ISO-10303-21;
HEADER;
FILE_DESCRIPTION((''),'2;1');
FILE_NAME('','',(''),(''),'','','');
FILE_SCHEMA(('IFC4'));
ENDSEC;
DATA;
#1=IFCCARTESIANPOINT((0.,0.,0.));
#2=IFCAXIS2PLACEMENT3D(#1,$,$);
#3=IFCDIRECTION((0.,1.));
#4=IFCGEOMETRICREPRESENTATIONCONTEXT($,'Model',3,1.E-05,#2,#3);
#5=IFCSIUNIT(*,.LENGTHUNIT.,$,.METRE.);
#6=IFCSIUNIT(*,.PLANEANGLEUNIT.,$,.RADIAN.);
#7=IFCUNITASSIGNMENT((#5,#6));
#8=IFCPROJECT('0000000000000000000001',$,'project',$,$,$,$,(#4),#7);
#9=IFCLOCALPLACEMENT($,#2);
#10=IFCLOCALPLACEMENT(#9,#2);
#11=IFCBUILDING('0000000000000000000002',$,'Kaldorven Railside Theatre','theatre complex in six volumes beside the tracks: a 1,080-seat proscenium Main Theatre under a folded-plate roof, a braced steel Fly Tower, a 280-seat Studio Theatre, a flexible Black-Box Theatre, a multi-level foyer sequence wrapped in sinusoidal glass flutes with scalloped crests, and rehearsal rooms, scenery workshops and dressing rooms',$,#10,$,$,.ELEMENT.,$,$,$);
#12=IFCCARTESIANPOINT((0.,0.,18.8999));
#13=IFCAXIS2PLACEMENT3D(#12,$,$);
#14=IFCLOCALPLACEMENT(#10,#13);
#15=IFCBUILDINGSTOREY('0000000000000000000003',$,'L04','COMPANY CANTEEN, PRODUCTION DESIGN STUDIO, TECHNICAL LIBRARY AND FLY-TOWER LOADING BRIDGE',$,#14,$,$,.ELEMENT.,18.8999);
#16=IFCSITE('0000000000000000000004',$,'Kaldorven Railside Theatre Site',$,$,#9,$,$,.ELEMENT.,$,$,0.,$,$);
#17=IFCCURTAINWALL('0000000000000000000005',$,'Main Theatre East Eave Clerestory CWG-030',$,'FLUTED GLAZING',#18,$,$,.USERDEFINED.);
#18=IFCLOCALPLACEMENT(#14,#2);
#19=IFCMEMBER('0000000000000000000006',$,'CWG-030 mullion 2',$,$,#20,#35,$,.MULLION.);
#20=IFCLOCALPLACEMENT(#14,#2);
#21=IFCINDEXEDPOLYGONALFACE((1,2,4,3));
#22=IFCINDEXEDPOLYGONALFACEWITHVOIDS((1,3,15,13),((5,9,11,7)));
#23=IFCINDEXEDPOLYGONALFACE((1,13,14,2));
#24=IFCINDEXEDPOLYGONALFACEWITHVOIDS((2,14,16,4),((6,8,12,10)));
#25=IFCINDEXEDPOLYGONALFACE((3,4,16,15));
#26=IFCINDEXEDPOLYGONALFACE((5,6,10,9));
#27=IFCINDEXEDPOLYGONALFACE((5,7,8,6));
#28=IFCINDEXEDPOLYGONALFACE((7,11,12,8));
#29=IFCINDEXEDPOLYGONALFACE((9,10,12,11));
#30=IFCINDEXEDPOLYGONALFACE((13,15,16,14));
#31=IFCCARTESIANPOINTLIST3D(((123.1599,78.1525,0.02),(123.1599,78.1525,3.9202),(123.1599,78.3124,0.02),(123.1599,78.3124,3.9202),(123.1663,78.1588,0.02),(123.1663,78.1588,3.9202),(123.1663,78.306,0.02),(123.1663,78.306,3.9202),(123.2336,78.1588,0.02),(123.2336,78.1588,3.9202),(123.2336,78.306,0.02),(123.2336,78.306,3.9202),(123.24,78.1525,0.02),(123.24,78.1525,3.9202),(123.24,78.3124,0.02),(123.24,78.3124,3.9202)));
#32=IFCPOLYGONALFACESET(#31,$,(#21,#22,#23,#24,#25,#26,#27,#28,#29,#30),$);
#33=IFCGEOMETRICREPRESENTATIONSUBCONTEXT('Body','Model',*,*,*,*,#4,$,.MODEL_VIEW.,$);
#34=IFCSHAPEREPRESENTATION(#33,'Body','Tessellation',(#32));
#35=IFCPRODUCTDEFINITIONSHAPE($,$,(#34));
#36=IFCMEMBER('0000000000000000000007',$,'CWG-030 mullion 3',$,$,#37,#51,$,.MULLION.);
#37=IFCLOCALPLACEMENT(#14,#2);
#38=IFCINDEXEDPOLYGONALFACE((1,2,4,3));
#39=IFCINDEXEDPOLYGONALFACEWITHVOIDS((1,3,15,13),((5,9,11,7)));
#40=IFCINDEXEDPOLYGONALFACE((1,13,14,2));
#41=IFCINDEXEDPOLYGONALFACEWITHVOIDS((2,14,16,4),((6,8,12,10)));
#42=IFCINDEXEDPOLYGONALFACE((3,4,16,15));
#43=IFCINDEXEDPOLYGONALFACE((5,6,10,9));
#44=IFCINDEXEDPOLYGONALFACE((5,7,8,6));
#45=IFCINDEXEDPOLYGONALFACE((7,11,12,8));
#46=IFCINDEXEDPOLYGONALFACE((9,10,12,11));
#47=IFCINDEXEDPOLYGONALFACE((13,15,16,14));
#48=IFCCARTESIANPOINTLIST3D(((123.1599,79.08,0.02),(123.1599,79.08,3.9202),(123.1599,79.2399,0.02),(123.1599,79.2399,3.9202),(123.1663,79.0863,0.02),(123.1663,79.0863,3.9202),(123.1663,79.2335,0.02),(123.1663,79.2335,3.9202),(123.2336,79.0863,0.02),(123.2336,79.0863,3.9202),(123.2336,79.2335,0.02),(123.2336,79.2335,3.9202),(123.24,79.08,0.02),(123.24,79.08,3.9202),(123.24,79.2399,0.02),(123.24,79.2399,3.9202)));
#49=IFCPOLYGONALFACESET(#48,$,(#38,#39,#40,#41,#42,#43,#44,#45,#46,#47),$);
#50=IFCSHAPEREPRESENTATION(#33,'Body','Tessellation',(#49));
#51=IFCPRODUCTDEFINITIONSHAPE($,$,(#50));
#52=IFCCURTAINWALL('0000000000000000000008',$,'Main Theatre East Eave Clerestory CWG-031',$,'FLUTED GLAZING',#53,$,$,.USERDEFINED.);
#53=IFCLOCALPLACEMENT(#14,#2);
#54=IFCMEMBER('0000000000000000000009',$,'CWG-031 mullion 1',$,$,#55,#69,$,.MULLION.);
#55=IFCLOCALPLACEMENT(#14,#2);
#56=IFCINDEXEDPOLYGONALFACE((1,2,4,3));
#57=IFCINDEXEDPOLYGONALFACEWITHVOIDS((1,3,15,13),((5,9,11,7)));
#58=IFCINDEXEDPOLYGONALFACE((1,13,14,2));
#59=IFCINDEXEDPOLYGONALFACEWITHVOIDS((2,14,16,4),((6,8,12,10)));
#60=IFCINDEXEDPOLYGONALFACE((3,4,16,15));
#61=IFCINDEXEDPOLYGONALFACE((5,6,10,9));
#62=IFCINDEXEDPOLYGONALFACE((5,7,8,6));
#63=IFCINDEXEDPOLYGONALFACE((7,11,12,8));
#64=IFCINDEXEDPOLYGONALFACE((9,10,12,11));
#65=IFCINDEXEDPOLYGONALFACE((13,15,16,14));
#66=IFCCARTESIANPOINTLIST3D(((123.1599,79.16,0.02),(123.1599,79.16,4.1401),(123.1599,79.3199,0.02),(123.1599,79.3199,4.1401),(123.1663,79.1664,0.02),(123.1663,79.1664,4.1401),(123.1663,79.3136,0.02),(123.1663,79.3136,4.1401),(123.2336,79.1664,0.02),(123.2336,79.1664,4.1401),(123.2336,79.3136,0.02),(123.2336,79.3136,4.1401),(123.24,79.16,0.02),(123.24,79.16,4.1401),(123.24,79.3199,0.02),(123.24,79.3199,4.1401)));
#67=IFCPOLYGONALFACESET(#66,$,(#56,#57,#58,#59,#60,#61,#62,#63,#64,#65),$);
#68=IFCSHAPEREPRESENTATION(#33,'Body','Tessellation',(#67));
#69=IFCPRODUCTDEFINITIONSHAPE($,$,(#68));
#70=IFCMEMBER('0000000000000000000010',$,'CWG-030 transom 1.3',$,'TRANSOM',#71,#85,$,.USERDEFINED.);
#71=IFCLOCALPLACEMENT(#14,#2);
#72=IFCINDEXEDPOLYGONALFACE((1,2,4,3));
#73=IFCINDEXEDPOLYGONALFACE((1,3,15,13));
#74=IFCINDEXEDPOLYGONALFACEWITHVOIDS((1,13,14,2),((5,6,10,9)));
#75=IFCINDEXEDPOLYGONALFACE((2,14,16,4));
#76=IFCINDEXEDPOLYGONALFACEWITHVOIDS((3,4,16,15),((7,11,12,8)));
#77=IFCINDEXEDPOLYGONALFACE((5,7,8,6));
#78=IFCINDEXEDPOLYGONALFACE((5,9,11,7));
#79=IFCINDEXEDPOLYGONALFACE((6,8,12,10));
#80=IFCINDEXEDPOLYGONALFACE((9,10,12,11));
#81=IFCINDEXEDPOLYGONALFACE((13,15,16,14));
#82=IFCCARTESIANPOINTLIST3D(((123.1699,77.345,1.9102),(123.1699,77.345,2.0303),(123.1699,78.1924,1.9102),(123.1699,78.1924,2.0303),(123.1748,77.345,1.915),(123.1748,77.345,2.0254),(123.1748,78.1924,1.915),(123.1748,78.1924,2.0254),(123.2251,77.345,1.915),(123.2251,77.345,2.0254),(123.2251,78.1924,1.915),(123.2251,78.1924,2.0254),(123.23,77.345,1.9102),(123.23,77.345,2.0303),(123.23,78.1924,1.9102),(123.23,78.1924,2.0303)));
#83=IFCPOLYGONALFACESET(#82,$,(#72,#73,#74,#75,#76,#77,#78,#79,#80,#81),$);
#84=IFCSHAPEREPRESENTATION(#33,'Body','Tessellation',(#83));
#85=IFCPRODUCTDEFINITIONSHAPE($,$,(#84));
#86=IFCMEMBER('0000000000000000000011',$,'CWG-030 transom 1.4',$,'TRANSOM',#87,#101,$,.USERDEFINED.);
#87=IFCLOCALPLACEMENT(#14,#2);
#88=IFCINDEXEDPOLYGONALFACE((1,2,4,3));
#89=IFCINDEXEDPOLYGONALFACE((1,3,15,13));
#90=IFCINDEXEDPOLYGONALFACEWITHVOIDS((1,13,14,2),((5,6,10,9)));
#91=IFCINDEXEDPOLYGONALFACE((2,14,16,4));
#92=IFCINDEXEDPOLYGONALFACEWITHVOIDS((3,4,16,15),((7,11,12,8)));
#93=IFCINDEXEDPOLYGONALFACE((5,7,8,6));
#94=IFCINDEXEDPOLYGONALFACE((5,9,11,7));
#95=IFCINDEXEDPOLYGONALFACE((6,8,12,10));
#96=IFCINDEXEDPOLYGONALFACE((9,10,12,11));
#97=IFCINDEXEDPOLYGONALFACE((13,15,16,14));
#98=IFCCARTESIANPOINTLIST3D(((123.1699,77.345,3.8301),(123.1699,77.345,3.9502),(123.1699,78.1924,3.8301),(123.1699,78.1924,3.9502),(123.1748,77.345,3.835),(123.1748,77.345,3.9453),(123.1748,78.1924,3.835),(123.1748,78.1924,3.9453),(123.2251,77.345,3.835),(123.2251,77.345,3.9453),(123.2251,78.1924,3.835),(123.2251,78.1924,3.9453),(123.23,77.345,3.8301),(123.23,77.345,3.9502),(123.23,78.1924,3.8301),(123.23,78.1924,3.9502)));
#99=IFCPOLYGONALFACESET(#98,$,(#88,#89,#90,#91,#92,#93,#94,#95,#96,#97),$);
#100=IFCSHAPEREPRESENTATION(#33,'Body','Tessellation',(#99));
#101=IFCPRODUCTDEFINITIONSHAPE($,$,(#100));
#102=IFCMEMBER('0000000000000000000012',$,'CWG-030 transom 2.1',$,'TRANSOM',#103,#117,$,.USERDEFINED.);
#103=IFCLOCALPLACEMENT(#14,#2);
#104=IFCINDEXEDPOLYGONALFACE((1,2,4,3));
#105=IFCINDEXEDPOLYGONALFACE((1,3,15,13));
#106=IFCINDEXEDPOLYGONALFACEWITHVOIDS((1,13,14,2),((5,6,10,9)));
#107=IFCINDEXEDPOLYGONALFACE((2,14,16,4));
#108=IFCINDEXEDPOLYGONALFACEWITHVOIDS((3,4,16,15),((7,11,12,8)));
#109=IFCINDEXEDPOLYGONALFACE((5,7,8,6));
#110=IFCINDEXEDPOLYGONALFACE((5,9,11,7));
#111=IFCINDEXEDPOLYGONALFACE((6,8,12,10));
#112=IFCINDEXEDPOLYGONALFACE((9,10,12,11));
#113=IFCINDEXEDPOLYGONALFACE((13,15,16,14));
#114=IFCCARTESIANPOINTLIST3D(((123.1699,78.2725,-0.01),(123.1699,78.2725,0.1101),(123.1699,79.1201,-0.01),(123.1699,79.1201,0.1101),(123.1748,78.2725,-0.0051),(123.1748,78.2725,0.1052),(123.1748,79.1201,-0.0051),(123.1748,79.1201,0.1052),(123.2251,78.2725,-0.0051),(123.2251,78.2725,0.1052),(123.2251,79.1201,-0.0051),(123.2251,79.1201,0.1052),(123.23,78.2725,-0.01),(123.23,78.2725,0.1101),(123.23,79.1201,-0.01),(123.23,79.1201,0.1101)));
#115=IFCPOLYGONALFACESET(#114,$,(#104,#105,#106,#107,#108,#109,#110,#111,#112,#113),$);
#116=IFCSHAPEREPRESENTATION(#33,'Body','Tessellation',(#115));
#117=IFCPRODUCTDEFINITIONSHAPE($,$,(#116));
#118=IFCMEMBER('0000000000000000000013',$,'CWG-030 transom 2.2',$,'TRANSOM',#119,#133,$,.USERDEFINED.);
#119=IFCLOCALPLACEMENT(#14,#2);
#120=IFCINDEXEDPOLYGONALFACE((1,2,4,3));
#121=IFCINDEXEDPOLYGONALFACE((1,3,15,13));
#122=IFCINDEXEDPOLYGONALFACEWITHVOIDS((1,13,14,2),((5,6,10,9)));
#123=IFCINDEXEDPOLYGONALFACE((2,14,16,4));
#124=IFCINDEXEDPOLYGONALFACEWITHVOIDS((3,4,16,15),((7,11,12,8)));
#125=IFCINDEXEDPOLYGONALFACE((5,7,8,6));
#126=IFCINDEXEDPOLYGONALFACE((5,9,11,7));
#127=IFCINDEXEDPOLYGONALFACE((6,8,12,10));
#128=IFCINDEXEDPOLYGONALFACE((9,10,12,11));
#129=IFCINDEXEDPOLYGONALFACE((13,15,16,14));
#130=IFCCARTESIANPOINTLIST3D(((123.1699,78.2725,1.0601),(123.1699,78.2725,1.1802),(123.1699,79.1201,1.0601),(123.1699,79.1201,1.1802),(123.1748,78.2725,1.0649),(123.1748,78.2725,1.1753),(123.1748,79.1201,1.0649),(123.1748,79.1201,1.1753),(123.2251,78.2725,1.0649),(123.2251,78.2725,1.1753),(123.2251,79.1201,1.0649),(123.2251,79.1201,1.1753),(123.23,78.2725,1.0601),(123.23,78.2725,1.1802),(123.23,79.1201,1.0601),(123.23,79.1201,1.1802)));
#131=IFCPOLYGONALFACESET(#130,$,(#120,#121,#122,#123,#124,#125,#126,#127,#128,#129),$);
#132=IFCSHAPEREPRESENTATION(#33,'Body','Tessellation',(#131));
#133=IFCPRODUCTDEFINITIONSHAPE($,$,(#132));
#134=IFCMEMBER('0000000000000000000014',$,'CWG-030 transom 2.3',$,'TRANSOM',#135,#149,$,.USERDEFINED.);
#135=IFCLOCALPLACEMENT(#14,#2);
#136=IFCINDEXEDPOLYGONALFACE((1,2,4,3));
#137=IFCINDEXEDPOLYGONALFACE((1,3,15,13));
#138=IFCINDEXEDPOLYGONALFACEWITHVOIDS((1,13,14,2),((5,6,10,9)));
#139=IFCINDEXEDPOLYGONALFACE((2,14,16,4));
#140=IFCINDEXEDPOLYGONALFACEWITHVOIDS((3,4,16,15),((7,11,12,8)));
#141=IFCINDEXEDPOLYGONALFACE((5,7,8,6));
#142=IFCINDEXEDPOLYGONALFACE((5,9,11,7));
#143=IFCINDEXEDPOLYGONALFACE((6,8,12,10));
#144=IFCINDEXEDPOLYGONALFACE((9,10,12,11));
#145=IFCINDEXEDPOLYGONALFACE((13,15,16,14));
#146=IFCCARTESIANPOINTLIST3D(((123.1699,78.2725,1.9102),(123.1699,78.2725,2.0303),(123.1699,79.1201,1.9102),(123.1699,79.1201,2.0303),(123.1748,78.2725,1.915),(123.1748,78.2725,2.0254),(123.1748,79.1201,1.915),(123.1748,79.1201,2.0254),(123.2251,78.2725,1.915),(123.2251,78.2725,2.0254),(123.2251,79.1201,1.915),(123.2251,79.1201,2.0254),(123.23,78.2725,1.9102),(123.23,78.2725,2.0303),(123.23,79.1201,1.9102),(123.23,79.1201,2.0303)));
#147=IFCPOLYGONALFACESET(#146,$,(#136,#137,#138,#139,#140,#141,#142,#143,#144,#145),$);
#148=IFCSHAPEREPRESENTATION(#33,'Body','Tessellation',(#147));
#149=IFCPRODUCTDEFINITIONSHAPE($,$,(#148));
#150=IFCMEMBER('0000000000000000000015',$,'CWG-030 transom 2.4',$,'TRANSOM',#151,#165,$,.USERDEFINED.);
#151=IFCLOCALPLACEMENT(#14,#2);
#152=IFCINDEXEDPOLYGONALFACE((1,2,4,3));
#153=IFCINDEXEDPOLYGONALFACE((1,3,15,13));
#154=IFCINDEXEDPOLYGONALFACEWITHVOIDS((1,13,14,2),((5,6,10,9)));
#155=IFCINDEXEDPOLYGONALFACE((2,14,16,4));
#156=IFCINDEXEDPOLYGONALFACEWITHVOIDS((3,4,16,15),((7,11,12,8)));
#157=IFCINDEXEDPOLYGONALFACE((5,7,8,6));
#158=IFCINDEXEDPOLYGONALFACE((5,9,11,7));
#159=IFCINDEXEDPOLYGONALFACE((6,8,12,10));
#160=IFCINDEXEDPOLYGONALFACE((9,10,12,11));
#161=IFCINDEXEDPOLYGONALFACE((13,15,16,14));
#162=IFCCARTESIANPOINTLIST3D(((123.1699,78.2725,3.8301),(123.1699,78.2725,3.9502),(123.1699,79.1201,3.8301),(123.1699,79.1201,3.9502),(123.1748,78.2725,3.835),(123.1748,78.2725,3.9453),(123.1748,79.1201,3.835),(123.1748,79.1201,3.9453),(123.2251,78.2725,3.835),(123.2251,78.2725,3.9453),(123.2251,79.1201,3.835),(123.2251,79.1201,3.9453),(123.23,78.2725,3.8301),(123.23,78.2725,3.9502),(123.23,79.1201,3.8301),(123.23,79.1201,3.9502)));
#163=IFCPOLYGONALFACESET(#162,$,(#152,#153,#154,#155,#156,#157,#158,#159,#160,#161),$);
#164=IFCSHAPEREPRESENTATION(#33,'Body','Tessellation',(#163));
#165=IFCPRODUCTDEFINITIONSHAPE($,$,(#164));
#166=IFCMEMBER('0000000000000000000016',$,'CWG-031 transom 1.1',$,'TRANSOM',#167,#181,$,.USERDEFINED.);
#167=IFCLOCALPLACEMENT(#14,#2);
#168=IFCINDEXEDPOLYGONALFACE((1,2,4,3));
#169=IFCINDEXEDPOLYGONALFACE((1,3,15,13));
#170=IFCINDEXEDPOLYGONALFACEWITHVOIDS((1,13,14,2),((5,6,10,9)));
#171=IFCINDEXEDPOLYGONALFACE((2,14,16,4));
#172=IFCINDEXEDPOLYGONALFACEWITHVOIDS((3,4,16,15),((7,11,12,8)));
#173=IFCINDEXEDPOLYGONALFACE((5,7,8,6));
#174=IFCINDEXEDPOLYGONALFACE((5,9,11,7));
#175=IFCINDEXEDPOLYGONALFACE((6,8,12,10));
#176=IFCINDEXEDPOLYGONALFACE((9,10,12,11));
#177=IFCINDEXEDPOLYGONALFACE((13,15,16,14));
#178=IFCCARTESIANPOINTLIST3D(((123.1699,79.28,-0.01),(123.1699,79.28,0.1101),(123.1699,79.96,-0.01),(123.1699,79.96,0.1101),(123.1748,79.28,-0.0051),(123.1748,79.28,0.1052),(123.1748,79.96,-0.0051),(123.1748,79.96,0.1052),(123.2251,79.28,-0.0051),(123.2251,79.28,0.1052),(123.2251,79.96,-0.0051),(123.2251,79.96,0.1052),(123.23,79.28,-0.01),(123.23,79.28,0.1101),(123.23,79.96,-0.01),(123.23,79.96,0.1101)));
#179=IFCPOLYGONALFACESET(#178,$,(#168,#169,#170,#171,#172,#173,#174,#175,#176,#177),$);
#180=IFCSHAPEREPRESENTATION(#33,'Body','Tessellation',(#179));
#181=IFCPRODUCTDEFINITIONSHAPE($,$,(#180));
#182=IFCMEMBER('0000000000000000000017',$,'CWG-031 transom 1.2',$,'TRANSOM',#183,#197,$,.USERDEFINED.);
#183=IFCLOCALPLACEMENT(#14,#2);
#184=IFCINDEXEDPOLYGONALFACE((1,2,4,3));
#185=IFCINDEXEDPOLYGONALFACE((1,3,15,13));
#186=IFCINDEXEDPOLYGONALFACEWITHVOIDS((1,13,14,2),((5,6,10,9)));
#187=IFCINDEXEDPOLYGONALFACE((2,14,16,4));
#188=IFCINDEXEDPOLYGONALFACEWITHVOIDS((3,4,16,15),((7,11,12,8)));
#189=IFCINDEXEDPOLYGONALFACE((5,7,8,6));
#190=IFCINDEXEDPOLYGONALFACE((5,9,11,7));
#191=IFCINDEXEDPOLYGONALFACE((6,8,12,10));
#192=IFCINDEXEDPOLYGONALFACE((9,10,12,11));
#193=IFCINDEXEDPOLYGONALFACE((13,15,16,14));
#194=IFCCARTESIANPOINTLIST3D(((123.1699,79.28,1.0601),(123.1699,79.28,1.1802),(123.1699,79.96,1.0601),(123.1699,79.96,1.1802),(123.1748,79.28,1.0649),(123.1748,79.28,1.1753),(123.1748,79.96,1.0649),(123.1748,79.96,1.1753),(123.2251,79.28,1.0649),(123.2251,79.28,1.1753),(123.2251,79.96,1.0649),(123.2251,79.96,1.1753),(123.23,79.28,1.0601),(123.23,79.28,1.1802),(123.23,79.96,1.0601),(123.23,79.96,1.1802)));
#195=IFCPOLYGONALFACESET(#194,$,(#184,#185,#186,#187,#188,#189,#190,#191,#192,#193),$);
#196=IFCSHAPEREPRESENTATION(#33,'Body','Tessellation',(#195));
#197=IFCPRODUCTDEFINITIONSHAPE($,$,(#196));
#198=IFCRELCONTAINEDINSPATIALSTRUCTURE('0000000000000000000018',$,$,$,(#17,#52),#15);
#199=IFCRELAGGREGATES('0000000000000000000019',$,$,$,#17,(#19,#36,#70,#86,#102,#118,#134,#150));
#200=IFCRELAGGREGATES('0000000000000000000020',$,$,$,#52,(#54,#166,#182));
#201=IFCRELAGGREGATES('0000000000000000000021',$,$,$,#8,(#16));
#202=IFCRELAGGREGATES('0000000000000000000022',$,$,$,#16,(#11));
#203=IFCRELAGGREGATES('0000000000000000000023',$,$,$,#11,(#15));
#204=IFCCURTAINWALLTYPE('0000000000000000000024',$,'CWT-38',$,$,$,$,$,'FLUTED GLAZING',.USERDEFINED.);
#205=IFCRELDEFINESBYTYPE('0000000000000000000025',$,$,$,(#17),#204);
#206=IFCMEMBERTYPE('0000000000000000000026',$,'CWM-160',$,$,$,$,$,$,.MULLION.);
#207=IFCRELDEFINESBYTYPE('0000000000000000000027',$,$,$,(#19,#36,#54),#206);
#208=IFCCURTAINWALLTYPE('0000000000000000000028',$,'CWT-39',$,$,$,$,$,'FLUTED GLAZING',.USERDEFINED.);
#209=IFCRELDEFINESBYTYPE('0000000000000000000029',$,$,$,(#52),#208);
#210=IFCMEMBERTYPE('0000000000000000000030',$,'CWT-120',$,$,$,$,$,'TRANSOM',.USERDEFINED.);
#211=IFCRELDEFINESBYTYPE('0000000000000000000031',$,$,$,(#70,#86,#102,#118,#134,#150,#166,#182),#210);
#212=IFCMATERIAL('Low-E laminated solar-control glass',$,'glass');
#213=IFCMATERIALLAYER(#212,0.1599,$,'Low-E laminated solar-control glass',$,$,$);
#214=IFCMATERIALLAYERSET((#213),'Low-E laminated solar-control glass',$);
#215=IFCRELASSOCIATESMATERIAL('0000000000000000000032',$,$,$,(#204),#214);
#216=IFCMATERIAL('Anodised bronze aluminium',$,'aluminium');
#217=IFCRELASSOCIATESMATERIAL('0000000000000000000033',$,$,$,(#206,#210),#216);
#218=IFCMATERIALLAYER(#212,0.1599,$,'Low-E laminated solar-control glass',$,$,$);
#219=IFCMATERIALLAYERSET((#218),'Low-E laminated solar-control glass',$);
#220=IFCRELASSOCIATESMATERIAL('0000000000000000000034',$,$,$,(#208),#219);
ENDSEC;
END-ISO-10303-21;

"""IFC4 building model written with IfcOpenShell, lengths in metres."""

from ifc_helpers import new_model, si_unit, direction, frame, origin, origin_2d, place, context, subcontext, project, spatial, hollow_rectangle, extrude, material, layer, layer_set, material_profile, profile_set, type_object, element, aggregate, save


model = new_model("IFC4")

# Units and contexts
model_context = context("Model", 3, precision=1e-05, world=origin(), true_north=direction((0.0, 1.0)))
body_context = subcontext(model_context, "Body", "Model", "MODEL_VIEW")
ifc_project = project(units=[si_unit("LENGTHUNIT", "METRE"), si_unit("PLANEANGLEUNIT", "RADIAN")], contexts=[model_context])

# Site, building, storey
site_placement = place(None, origin())
site = spatial("IfcSite", under=ifc_project, at=site_placement, Name="Kaldorven Railside Theatre Site", CompositionType="ELEMENT", RefElevation=0.0)
building_placement = place(site_placement, origin())
building = spatial("IfcBuilding", under=site, at=building_placement, Name="Kaldorven Railside Theatre", Description="theatre complex in six volumes beside the tracks: a 1,080-seat proscenium Main Theatre under a folded-plate roof, a braced steel Fly Tower, a 280-seat Studio Theatre, a flexible Black-Box Theatre, a multi-level foyer sequence wrapped in sinusoidal glass flutes with scalloped crests, and rehearsal rooms, scenery workshops and dressing rooms", CompositionType="ELEMENT")
storey_placement = place(building_placement, frame((0.0, 0.0, 18.8999)))
storey = spatial("IfcBuildingStorey", under=building, at=storey_placement, Name="L04", Description="COMPANY CANTEEN, PRODUCTION DESIGN STUDIO, TECHNICAL LIBRARY AND FLY-TOWER LOADING BRIDGE", CompositionType="ELEMENT", Elevation=18.8999)

# Curtain wall, members
ifc_material_1 = material(Name="Low-E laminated solar-control glass", Category="glass")
ifc_layer_1 = layer(ifc_material_1, 0.1599, Name="Low-E laminated solar-control glass")
ifc_layer_set_1 = layer_set([ifc_layer_1], Name="Low-E laminated solar-control glass")
curtain_wall_type_1 = type_object("IfcCurtainWallType", Name="CWT-38", ElementType="FLUTED GLAZING", PredefinedType="USERDEFINED", material=ifc_layer_set_1)
curtain_wall_1_placement = place(storey_placement, origin())
curtain_wall_1 = element("IfcCurtainWall", 1, at=curtain_wall_1_placement, inside=storey, type_object=curtain_wall_type_1, Name="Main Theatre East Eave Clerestory CWG-030", ObjectType="FLUTED GLAZING", PredefinedType="USERDEFINED")
ifc_material_2 = material(Name="Anodised bronze aluminium", Category="aluminium")
ifc_material_profile_1 = material_profile(ifc_material_2, hollow_rectangle(XDim=0.0801, YDim=0.1599, WallThickness=0.0063, at=origin_2d()), Name="RHS 160x80x6.3")
ifc_profile_set_1 = profile_set([ifc_material_profile_1], Name="Anodised bronze aluminium")
member_type_1 = type_object("IfcMemberType", Name="CWM-160", PredefinedType="MULLION", material=ifc_profile_set_1)
member_1_placement = place(storey_placement, frame((123.2, 78.2324, 0.02), z_axis=(0.0, 0.0, 1.0), x_axis=(-1.0, 0.0, 0.0)))
member_1 = element("IfcMember", 2, at=member_1_placement, type_object=member_type_1, Name="CWG-030 mullion 2", PredefinedType="MULLION", context=body_context, shape_type="SweptSolid", body=[
    extrude(hollow_rectangle(XDim=0.0801, YDim=0.1599, WallThickness=0.0063, at=origin_2d()), origin(), (0.0, 0.0, 1.0), 3.9001),
])
member_2_placement = place(storey_placement, frame((123.2, 79.1599, 0.02), z_axis=(0.0, 0.0, 1.0), x_axis=(-1.0, 0.0, 0.0)))
member_2 = element("IfcMember", 3, at=member_2_placement, type_object=member_type_1, Name="CWG-030 mullion 3", PredefinedType="MULLION", context=body_context, shape_type="SweptSolid", body=[
    extrude(hollow_rectangle(XDim=0.0801, YDim=0.1599, WallThickness=0.0063, at=origin_2d()), origin(), (0.0, 0.0, 1.0), 3.9001),
])

# Curtain wall, member
ifc_layer_2 = layer(ifc_material_1, 0.1599, Name="Low-E laminated solar-control glass")
ifc_layer_set_2 = layer_set([ifc_layer_2], Name="Low-E laminated solar-control glass")
curtain_wall_type_2 = type_object("IfcCurtainWallType", Name="CWT-39", ElementType="FLUTED GLAZING", PredefinedType="USERDEFINED", material=ifc_layer_set_2)
curtain_wall_2_placement = place(storey_placement, origin())
curtain_wall_2 = element("IfcCurtainWall", 4, at=curtain_wall_2_placement, inside=storey, type_object=curtain_wall_type_2, Name="Main Theatre East Eave Clerestory CWG-031", ObjectType="FLUTED GLAZING", PredefinedType="USERDEFINED")
member_3_placement = place(storey_placement, frame((123.2, 79.24, 0.02), z_axis=(0.0, 0.0, 1.0), x_axis=(-1.0, 0.0, 0.0)))
member_3 = element("IfcMember", 5, at=member_3_placement, type_object=member_type_1, Name="CWG-031 mullion 1", PredefinedType="MULLION", context=body_context, shape_type="SweptSolid", body=[
    extrude(hollow_rectangle(XDim=0.0801, YDim=0.1599, WallThickness=0.0063, at=origin_2d()), origin(), (0.0, 0.0, 1.0), 4.1201),
])

# Members
ifc_material_profile_2 = material_profile(ifc_material_2, hollow_rectangle(XDim=0.0601, YDim=0.1201, WallThickness=0.0049, at=origin_2d()), Name="RHS 120x60x5")
ifc_profile_set_2 = profile_set([ifc_material_profile_2], Name="Anodised bronze aluminium")
member_type_2 = type_object("IfcMemberType", Name="CWT-120", ElementType="TRANSOM", PredefinedType="USERDEFINED", material=ifc_profile_set_2)
member_4_placement = place(storey_placement, frame((123.2, 77.345, 1.9702), z_axis=(0.0, 1.0, 0.0), x_axis=(-1.0, 0.0, 0.0)))
member_4 = element("IfcMember", 6, at=member_4_placement, type_object=member_type_2, Name="CWG-030 transom 1.3", ObjectType="TRANSOM", PredefinedType="USERDEFINED", context=body_context, shape_type="SweptSolid", body=[
    extrude(hollow_rectangle(XDim=0.0601, YDim=0.1201, WallThickness=0.0049, at=origin_2d()), origin(), (0.0, 0.0, 1.0), 0.8474),
])
member_5_placement = place(storey_placement, frame((123.2, 77.345, 3.8901), z_axis=(0.0, 1.0, 0.0), x_axis=(-1.0, 0.0, 0.0)))
member_5 = element("IfcMember", 7, at=member_5_placement, type_object=member_type_2, Name="CWG-030 transom 1.4", ObjectType="TRANSOM", PredefinedType="USERDEFINED", context=body_context, shape_type="SweptSolid", body=[
    extrude(hollow_rectangle(XDim=0.0601, YDim=0.1201, WallThickness=0.0049, at=origin_2d()), origin(), (0.0, 0.0, 1.0), 0.8474),
])
member_6_placement = place(storey_placement, frame((123.2, 78.2725, 0.05), z_axis=(0.0, 1.0, 0.0), x_axis=(-1.0, 0.0, 0.0)))
member_6 = element("IfcMember", 8, at=member_6_placement, type_object=member_type_2, Name="CWG-030 transom 2.1", ObjectType="TRANSOM", PredefinedType="USERDEFINED", context=body_context, shape_type="SweptSolid", body=[
    extrude(hollow_rectangle(XDim=0.0601, YDim=0.1201, WallThickness=0.0049, at=origin_2d()), origin(), (0.0, 0.0, 1.0), 0.8477),
])
member_7_placement = place(storey_placement, frame((123.2, 78.2725, 1.1201), z_axis=(0.0, 1.0, 0.0), x_axis=(-1.0, 0.0, 0.0)))
member_7 = element("IfcMember", 9, at=member_7_placement, type_object=member_type_2, Name="CWG-030 transom 2.2", ObjectType="TRANSOM", PredefinedType="USERDEFINED", context=body_context, shape_type="SweptSolid", body=[
    extrude(hollow_rectangle(XDim=0.0601, YDim=0.1201, WallThickness=0.0049, at=origin_2d()), origin(), (0.0, 0.0, 1.0), 0.8477),
])
member_8_placement = place(storey_placement, frame((123.2, 78.2725, 1.9702), z_axis=(0.0, 1.0, 0.0), x_axis=(-1.0, 0.0, 0.0)))
member_8 = element("IfcMember", 10, at=member_8_placement, type_object=member_type_2, Name="CWG-030 transom 2.3", ObjectType="TRANSOM", PredefinedType="USERDEFINED", context=body_context, shape_type="SweptSolid", body=[
    extrude(hollow_rectangle(XDim=0.0601, YDim=0.1201, WallThickness=0.0049, at=origin_2d()), origin(), (0.0, 0.0, 1.0), 0.8477),
])
member_9_placement = place(storey_placement, frame((123.2, 78.2725, 3.8901), z_axis=(0.0, 1.0, 0.0), x_axis=(-1.0, 0.0, 0.0)))
member_9 = element("IfcMember", 11, at=member_9_placement, type_object=member_type_2, Name="CWG-030 transom 2.4", ObjectType="TRANSOM", PredefinedType="USERDEFINED", context=body_context, shape_type="SweptSolid", body=[
    extrude(hollow_rectangle(XDim=0.0601, YDim=0.1201, WallThickness=0.0049, at=origin_2d()), origin(), (0.0, 0.0, 1.0), 0.8477),
])
member_10_placement = place(storey_placement, frame((123.2, 79.28, 0.05), z_axis=(0.0, 1.0, 0.0), x_axis=(-1.0, 0.0, 0.0)))
member_10 = element("IfcMember", 12, at=member_10_placement, type_object=member_type_2, Name="CWG-031 transom 1.1", ObjectType="TRANSOM", PredefinedType="USERDEFINED", context=body_context, shape_type="SweptSolid", body=[
    extrude(hollow_rectangle(XDim=0.0601, YDim=0.1201, WallThickness=0.0049, at=origin_2d()), origin(), (0.0, 0.0, 1.0), 0.6799),
])
member_11_placement = place(storey_placement, frame((123.2, 79.28, 1.1201), z_axis=(0.0, 1.0, 0.0), x_axis=(-1.0, 0.0, 0.0)))
member_11 = element("IfcMember", 13, at=member_11_placement, type_object=member_type_2, Name="CWG-031 transom 1.2", ObjectType="TRANSOM", PredefinedType="USERDEFINED", context=body_context, shape_type="SweptSolid", body=[
    extrude(hollow_rectangle(XDim=0.0601, YDim=0.1201, WallThickness=0.0049, at=origin_2d()), origin(), (0.0, 0.0, 1.0), 0.6799),
])

aggregate(curtain_wall_1, [member_1, member_2, member_4, member_5, member_6, member_7, member_8, member_9])
aggregate(curtain_wall_2, [member_3, member_10, member_11])

save(model, "model.ifc")
